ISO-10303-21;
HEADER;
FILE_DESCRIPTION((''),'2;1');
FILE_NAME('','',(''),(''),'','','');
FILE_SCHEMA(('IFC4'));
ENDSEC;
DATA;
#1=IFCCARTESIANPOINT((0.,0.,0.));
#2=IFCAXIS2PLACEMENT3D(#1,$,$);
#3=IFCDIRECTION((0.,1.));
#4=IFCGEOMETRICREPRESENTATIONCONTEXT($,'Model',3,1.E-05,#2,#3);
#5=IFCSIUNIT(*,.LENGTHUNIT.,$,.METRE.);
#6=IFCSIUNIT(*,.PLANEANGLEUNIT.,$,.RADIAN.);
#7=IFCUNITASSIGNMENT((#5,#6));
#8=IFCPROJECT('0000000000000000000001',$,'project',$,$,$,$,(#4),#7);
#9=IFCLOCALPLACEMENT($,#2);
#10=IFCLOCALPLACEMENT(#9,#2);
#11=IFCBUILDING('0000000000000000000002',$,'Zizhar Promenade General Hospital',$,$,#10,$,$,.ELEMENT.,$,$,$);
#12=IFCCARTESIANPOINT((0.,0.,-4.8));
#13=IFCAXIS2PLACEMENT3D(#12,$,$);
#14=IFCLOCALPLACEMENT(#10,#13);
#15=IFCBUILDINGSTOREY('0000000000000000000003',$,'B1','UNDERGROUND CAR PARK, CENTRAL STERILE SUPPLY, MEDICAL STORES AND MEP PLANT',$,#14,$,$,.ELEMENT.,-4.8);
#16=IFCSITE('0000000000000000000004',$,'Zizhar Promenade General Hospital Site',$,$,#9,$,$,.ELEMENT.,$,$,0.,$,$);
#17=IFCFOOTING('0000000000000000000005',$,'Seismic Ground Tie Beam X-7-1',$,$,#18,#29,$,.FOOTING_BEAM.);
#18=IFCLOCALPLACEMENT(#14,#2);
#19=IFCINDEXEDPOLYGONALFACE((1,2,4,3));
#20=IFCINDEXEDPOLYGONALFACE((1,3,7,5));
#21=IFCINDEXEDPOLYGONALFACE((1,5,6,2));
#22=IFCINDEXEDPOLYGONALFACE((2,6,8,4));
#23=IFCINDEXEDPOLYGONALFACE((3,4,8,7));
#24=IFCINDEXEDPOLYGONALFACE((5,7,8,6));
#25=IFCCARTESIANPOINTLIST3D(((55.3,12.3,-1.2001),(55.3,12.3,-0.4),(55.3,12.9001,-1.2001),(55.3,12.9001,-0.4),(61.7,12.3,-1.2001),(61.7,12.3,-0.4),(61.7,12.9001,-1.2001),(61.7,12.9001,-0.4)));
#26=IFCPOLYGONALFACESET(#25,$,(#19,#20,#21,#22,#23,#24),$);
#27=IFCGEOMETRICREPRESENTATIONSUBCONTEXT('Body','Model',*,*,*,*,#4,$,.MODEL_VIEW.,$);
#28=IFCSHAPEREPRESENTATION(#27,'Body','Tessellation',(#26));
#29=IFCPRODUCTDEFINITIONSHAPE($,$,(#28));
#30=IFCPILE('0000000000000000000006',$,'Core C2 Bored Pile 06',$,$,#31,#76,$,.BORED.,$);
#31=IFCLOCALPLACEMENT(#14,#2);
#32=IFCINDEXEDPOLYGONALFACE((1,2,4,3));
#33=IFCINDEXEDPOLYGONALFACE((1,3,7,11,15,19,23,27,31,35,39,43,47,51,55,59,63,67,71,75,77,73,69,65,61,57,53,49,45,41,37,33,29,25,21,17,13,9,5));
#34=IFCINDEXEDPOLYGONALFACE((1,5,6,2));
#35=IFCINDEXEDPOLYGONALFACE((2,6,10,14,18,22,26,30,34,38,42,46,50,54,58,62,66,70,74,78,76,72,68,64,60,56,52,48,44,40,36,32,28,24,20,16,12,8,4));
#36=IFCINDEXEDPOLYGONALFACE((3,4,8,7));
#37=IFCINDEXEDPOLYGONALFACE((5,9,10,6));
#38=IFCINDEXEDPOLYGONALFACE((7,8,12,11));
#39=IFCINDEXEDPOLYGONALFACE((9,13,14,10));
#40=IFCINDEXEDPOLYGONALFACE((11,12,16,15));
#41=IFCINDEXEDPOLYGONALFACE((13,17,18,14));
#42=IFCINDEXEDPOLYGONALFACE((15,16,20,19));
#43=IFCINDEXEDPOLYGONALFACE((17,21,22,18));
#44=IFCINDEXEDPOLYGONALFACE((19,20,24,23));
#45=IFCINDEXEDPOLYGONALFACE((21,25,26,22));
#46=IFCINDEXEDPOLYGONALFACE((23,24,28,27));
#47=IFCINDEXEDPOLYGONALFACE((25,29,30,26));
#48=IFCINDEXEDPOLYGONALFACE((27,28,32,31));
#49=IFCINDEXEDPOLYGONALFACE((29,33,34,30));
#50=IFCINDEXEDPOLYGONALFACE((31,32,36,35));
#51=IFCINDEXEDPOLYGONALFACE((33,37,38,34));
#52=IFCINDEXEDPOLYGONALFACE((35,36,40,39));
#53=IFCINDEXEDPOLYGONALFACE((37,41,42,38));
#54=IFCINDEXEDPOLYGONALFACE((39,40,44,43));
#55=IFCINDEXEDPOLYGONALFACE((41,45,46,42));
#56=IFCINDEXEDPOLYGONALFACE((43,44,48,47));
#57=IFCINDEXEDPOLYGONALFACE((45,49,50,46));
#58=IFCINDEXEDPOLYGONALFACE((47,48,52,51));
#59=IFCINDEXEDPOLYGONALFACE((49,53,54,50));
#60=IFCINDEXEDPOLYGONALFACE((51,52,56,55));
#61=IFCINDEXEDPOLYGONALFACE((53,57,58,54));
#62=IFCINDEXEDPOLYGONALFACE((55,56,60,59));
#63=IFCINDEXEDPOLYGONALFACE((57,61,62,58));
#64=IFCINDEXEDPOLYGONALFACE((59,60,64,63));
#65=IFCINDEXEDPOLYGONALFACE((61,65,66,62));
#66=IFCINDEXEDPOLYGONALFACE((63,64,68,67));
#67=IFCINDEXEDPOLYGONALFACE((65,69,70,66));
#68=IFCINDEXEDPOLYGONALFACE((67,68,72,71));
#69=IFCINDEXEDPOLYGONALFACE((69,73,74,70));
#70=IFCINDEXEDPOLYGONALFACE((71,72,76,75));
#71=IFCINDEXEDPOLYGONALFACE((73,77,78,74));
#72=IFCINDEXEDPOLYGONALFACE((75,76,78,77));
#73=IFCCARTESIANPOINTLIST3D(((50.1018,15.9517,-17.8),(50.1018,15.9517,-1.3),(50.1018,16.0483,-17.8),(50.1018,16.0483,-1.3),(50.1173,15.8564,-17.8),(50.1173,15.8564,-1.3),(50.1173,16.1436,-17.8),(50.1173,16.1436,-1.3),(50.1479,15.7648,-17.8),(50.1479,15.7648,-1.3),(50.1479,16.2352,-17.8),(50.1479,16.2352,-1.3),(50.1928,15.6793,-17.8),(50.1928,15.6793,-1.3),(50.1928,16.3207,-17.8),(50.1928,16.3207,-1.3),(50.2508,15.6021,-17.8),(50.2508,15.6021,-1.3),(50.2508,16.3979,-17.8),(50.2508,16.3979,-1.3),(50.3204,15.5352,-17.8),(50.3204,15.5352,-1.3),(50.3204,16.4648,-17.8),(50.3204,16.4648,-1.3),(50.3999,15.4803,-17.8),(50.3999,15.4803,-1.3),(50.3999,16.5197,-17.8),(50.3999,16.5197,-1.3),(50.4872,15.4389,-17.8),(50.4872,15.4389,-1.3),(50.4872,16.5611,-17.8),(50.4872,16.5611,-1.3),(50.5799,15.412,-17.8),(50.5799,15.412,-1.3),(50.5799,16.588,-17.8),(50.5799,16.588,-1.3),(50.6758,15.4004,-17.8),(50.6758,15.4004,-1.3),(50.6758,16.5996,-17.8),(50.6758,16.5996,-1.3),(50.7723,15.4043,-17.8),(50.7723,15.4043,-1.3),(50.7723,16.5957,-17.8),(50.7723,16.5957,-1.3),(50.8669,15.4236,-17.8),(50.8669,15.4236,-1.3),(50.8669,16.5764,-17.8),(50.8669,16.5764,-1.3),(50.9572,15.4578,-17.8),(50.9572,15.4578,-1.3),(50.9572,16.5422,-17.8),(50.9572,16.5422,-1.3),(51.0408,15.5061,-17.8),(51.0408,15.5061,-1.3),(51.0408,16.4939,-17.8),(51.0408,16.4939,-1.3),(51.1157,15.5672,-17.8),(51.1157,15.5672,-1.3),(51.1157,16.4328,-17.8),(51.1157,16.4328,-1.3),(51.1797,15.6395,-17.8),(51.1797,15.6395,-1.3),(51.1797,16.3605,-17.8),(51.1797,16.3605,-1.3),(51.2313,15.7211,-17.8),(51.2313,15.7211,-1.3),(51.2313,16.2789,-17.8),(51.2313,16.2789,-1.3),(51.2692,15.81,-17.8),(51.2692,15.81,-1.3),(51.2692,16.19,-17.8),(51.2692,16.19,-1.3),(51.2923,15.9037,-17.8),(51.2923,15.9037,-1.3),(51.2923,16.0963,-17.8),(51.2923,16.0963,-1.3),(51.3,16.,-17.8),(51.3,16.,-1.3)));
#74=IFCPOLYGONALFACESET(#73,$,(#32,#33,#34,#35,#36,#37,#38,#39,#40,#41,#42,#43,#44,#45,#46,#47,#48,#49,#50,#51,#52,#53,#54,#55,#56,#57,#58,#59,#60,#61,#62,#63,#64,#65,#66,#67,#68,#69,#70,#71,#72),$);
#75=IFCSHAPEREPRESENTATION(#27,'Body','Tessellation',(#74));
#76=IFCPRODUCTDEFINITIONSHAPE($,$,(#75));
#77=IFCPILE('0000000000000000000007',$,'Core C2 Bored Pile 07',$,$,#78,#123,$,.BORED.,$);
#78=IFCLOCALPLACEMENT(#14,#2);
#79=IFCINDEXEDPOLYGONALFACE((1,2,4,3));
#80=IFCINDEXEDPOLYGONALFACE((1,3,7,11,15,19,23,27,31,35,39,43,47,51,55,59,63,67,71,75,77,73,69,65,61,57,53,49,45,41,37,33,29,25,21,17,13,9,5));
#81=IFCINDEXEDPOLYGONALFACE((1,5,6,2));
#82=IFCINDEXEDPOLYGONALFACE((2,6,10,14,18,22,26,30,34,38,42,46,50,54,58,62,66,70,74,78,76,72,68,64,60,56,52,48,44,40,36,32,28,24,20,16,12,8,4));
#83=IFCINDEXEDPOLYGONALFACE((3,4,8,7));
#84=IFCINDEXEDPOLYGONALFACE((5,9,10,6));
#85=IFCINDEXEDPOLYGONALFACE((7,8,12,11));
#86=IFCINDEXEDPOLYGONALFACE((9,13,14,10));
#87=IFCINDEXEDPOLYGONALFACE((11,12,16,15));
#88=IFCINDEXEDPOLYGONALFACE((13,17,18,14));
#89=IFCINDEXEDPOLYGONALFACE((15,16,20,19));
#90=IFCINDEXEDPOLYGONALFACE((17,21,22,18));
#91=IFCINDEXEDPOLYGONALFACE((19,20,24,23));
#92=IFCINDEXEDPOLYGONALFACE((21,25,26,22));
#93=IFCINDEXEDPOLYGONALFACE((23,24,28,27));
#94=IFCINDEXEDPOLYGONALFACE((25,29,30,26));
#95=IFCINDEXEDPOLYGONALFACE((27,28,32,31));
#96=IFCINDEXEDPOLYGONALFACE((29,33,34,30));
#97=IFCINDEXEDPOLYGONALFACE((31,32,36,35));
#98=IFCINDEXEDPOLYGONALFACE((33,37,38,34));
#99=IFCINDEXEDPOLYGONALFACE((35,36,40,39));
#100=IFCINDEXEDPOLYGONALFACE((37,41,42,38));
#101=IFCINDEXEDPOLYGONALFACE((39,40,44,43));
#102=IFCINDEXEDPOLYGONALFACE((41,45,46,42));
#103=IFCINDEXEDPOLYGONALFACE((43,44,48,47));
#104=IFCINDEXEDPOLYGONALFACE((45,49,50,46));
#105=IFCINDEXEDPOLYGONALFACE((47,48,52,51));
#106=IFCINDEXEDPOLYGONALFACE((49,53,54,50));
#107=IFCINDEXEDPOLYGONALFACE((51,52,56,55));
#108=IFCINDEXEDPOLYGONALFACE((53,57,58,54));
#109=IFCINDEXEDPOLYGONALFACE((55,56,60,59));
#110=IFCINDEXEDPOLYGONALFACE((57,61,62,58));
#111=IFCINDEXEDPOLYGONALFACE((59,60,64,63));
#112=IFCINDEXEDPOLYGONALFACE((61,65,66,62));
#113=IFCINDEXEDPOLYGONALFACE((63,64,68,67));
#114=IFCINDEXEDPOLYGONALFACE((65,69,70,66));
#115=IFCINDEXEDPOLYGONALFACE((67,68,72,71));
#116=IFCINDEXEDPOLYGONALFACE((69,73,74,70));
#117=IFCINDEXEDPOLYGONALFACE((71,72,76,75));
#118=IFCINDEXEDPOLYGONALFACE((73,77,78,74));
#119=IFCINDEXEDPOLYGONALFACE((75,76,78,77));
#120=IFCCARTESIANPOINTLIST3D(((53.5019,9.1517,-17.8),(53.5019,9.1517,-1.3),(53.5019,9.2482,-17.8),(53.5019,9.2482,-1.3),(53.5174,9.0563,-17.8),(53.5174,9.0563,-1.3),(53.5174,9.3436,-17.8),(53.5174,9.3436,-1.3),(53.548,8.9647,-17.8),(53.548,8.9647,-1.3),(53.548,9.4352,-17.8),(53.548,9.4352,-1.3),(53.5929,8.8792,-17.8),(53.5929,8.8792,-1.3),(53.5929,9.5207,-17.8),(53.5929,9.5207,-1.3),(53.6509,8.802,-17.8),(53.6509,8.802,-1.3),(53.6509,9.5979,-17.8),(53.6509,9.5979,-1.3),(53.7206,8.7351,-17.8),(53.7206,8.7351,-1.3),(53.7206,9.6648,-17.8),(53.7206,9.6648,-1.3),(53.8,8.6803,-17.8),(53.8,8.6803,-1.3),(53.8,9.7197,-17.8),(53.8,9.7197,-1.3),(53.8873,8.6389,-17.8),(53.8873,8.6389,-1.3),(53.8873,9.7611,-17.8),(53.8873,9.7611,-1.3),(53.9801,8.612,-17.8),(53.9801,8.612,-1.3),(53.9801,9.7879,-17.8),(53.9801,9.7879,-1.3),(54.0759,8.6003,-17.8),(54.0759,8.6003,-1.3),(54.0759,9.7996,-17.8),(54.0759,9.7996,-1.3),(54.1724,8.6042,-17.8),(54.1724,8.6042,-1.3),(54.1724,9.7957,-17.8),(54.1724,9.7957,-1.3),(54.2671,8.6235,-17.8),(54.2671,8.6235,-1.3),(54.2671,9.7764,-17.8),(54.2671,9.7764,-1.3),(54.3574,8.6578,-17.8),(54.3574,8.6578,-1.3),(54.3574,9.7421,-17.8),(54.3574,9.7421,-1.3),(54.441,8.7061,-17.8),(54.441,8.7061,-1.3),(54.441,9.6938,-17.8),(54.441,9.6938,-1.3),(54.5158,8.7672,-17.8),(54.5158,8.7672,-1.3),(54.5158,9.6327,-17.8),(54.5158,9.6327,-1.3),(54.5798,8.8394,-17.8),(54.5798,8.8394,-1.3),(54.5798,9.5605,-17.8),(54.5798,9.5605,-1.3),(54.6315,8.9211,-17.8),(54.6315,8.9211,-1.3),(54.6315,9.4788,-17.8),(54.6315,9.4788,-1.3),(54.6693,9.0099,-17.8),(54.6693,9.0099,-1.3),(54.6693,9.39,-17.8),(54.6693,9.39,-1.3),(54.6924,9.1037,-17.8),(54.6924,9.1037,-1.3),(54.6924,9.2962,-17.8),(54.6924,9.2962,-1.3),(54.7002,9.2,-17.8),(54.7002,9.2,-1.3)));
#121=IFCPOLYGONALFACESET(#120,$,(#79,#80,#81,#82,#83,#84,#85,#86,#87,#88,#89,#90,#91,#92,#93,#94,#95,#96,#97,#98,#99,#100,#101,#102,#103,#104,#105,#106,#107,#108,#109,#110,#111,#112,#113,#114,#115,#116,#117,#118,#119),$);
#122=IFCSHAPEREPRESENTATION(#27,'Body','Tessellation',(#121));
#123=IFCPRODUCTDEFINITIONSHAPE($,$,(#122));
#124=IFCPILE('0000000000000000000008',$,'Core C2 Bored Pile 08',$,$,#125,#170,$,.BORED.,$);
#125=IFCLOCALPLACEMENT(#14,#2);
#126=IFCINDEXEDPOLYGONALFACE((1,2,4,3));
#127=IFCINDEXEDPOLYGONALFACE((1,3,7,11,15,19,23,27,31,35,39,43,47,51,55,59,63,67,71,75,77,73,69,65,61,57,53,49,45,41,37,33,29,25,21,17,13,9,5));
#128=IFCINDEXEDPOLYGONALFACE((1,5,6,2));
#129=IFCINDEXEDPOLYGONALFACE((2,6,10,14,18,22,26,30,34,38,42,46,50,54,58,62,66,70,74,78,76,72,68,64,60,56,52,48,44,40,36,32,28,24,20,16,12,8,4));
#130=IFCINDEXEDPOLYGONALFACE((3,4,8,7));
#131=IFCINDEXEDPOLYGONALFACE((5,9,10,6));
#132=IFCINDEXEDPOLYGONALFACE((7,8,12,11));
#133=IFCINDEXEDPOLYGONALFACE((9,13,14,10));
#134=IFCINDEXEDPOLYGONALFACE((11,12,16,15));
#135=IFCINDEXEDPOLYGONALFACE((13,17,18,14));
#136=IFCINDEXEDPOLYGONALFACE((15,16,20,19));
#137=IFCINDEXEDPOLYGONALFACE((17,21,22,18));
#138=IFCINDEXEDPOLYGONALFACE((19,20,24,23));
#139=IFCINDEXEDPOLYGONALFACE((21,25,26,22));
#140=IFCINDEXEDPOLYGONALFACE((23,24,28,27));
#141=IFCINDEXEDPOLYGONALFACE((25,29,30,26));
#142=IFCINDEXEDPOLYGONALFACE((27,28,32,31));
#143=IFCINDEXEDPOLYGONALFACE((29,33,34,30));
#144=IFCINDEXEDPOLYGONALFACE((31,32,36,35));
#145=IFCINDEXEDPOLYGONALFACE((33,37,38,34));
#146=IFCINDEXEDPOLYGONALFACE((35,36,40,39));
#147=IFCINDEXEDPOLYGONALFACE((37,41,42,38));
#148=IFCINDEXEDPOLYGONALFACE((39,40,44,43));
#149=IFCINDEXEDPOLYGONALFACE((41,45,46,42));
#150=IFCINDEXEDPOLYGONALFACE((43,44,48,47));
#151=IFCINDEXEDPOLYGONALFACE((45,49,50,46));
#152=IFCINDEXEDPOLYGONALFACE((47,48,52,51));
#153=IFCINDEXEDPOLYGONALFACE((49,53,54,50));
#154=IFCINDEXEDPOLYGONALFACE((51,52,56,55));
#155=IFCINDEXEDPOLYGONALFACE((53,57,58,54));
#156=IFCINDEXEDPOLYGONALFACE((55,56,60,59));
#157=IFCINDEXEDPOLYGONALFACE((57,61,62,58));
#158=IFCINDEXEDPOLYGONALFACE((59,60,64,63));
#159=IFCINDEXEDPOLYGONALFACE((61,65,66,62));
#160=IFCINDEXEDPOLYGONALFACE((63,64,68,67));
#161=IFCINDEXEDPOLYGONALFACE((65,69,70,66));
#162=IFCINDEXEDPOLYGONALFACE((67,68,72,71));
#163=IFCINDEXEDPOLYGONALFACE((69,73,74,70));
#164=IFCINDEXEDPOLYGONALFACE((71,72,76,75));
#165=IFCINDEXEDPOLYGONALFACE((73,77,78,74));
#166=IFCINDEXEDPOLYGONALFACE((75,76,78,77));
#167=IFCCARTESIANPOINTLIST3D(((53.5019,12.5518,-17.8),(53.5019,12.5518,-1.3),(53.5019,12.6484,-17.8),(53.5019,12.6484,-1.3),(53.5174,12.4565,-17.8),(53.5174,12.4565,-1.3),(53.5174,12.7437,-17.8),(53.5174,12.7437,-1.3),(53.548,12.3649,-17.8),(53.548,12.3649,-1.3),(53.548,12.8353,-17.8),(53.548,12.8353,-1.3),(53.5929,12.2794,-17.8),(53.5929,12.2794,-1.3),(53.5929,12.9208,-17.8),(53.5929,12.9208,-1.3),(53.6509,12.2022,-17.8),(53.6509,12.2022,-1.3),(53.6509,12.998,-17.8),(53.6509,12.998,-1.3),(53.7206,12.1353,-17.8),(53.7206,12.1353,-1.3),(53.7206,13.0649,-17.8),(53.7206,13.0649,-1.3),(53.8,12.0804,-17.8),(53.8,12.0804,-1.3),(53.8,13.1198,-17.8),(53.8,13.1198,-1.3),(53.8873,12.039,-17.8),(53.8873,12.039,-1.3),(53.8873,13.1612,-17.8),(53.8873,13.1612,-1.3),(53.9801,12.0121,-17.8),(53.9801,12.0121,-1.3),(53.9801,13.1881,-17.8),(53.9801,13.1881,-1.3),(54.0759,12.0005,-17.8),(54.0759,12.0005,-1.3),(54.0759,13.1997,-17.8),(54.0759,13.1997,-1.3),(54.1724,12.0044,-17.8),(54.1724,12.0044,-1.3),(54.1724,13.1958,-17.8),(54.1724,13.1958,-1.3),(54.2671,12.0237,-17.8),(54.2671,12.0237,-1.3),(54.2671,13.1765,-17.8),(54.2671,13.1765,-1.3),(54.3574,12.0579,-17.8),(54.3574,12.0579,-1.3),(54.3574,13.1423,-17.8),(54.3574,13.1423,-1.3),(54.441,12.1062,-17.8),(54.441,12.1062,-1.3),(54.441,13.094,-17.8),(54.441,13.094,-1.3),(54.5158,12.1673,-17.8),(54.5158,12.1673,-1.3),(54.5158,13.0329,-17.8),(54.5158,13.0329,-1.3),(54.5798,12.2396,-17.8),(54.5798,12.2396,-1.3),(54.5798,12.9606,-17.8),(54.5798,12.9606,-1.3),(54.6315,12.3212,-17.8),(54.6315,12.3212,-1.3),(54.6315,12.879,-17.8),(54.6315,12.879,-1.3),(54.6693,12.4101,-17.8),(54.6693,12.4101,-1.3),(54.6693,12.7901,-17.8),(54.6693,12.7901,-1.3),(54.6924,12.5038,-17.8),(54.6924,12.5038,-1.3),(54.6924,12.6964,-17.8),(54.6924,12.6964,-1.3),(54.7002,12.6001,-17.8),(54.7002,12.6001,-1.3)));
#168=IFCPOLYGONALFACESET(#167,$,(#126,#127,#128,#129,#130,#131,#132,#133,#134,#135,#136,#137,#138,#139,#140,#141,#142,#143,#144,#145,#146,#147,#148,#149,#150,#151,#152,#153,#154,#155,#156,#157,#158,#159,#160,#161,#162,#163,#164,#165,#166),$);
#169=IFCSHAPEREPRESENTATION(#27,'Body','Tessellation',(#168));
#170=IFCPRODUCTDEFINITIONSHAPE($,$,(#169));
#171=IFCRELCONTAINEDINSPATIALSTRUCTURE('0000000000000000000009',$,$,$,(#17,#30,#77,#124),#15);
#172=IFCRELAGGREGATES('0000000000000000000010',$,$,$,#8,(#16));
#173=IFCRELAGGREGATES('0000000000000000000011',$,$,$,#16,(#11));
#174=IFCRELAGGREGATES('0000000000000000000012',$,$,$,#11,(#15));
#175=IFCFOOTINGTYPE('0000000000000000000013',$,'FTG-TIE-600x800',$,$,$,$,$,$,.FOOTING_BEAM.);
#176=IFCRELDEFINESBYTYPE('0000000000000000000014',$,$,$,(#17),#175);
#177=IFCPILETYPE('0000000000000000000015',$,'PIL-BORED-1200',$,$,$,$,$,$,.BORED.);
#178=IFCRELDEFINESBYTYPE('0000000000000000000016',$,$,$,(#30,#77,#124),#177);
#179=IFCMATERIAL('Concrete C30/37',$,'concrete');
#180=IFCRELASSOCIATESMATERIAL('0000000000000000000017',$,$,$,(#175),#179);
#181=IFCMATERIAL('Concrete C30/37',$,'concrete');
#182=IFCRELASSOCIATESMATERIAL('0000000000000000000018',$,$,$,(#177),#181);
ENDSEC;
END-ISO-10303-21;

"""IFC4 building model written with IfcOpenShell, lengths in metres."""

from ifc_helpers import new_model, si_unit, direction, frame, origin, origin_2d, place, context, subcontext, project, spatial, rectangle, circle, extrude, material, material_profile, profile_set, type_object, element, save


model = new_model("IFC4")

# Units and contexts
model_context = context("Model", 3, precision=1e-05, world=origin(), true_north=direction((0.0, 1.0)))
body_context = subcontext(model_context, "Body", "Model", "MODEL_VIEW")
ifc_project = project(units=[si_unit("LENGTHUNIT", "METRE"), si_unit("PLANEANGLEUNIT", "RADIAN")], contexts=[model_context])

# Site, building, storey
site_placement = place(None, origin())
site = spatial("IfcSite", under=ifc_project, at=site_placement, Name="Zizhar Promenade General Hospital Site", CompositionType="ELEMENT", RefElevation=0.0)
building_placement = place(site_placement, origin())
building = spatial("IfcBuilding", under=site, at=building_placement, Name="Zizhar Promenade General Hospital", CompositionType="ELEMENT")
storey_placement = place(building_placement, frame((0.0, 0.0, -4.8)))
storey = spatial("IfcBuildingStorey", under=building, at=storey_placement, Name="B1", Description="UNDERGROUND CAR PARK, CENTRAL STERILE SUPPLY, MEDICAL STORES AND MEP PLANT", CompositionType="ELEMENT", Elevation=-4.8)

# Footing
ifc_material_1 = material(Name="Concrete C30/37", Category="concrete")
ifc_material_profile_1 = material_profile(ifc_material_1, rectangle(XDim=0.6001, YDim=0.8, at=origin_2d()))
ifc_profile_set_1 = profile_set([ifc_material_profile_1], Name="Concrete C30/37")
footing_type = type_object("IfcFootingType", Name="FTG-TIE-600x800", PredefinedType="FOOTING_BEAM", material=ifc_profile_set_1)
footing_placement = place(storey_placement, frame((55.3, 12.6001, -0.8), z_axis=(1.0, 0.0, 0.0), x_axis=(0.0, 1.0, 0.0)))
element("IfcFooting", 1, at=footing_placement, inside=storey, type_object=footing_type, Name="Seismic Ground Tie Beam X-7-1", PredefinedType="FOOTING_BEAM", context=body_context, shape_type="SweptSolid", body=[
    extrude(rectangle(XDim=0.6001, YDim=0.8, at=origin_2d()), origin(), (0.0, 0.0, 1.0), 6.3999),
])

# Piles
ifc_material_2 = material(Name="Concrete C30/37", Category="concrete")
ifc_material_profile_2 = material_profile(ifc_material_2, circle(Radius=0.6001, at=origin_2d()))
ifc_profile_set_2 = profile_set([ifc_material_profile_2], Name="Concrete C30/37")
pile_type = type_object("IfcPileType", Name="PIL-BORED-1200", PredefinedType="BORED", material=ifc_profile_set_2)
for number, where, z_axis, x_axis, name in (
    (2, (50.7, 16.0, -1.3), (0.0, 0.0, -1.0), (1.0, 0.0, 0.0), "Core C2 Bored Pile 06"),
    (3, (54.1001, 9.2, -1.3), (0.0, 0.0, -1.0), (1.0, 0.0, 0.0), "Core C2 Bored Pile 07"),
    (4, (54.1001, 12.6001, -1.3), (0.0, 0.0, -1.0), (1.0, 0.0, 0.0), "Core C2 Bored Pile 08"),
):
    element("IfcPile", number, at=place(storey_placement, frame(where, z_axis=z_axis, x_axis=x_axis)), inside=storey, type_object=pile_type, Name=name, PredefinedType="BORED", context=body_context, shape_type="SweptSolid", body=[
        extrude(circle(Radius=0.6001, at=origin_2d()), origin(), (0.0, 0.0, 1.0), 16.5),
    ])

save(model, "model.ifc")
